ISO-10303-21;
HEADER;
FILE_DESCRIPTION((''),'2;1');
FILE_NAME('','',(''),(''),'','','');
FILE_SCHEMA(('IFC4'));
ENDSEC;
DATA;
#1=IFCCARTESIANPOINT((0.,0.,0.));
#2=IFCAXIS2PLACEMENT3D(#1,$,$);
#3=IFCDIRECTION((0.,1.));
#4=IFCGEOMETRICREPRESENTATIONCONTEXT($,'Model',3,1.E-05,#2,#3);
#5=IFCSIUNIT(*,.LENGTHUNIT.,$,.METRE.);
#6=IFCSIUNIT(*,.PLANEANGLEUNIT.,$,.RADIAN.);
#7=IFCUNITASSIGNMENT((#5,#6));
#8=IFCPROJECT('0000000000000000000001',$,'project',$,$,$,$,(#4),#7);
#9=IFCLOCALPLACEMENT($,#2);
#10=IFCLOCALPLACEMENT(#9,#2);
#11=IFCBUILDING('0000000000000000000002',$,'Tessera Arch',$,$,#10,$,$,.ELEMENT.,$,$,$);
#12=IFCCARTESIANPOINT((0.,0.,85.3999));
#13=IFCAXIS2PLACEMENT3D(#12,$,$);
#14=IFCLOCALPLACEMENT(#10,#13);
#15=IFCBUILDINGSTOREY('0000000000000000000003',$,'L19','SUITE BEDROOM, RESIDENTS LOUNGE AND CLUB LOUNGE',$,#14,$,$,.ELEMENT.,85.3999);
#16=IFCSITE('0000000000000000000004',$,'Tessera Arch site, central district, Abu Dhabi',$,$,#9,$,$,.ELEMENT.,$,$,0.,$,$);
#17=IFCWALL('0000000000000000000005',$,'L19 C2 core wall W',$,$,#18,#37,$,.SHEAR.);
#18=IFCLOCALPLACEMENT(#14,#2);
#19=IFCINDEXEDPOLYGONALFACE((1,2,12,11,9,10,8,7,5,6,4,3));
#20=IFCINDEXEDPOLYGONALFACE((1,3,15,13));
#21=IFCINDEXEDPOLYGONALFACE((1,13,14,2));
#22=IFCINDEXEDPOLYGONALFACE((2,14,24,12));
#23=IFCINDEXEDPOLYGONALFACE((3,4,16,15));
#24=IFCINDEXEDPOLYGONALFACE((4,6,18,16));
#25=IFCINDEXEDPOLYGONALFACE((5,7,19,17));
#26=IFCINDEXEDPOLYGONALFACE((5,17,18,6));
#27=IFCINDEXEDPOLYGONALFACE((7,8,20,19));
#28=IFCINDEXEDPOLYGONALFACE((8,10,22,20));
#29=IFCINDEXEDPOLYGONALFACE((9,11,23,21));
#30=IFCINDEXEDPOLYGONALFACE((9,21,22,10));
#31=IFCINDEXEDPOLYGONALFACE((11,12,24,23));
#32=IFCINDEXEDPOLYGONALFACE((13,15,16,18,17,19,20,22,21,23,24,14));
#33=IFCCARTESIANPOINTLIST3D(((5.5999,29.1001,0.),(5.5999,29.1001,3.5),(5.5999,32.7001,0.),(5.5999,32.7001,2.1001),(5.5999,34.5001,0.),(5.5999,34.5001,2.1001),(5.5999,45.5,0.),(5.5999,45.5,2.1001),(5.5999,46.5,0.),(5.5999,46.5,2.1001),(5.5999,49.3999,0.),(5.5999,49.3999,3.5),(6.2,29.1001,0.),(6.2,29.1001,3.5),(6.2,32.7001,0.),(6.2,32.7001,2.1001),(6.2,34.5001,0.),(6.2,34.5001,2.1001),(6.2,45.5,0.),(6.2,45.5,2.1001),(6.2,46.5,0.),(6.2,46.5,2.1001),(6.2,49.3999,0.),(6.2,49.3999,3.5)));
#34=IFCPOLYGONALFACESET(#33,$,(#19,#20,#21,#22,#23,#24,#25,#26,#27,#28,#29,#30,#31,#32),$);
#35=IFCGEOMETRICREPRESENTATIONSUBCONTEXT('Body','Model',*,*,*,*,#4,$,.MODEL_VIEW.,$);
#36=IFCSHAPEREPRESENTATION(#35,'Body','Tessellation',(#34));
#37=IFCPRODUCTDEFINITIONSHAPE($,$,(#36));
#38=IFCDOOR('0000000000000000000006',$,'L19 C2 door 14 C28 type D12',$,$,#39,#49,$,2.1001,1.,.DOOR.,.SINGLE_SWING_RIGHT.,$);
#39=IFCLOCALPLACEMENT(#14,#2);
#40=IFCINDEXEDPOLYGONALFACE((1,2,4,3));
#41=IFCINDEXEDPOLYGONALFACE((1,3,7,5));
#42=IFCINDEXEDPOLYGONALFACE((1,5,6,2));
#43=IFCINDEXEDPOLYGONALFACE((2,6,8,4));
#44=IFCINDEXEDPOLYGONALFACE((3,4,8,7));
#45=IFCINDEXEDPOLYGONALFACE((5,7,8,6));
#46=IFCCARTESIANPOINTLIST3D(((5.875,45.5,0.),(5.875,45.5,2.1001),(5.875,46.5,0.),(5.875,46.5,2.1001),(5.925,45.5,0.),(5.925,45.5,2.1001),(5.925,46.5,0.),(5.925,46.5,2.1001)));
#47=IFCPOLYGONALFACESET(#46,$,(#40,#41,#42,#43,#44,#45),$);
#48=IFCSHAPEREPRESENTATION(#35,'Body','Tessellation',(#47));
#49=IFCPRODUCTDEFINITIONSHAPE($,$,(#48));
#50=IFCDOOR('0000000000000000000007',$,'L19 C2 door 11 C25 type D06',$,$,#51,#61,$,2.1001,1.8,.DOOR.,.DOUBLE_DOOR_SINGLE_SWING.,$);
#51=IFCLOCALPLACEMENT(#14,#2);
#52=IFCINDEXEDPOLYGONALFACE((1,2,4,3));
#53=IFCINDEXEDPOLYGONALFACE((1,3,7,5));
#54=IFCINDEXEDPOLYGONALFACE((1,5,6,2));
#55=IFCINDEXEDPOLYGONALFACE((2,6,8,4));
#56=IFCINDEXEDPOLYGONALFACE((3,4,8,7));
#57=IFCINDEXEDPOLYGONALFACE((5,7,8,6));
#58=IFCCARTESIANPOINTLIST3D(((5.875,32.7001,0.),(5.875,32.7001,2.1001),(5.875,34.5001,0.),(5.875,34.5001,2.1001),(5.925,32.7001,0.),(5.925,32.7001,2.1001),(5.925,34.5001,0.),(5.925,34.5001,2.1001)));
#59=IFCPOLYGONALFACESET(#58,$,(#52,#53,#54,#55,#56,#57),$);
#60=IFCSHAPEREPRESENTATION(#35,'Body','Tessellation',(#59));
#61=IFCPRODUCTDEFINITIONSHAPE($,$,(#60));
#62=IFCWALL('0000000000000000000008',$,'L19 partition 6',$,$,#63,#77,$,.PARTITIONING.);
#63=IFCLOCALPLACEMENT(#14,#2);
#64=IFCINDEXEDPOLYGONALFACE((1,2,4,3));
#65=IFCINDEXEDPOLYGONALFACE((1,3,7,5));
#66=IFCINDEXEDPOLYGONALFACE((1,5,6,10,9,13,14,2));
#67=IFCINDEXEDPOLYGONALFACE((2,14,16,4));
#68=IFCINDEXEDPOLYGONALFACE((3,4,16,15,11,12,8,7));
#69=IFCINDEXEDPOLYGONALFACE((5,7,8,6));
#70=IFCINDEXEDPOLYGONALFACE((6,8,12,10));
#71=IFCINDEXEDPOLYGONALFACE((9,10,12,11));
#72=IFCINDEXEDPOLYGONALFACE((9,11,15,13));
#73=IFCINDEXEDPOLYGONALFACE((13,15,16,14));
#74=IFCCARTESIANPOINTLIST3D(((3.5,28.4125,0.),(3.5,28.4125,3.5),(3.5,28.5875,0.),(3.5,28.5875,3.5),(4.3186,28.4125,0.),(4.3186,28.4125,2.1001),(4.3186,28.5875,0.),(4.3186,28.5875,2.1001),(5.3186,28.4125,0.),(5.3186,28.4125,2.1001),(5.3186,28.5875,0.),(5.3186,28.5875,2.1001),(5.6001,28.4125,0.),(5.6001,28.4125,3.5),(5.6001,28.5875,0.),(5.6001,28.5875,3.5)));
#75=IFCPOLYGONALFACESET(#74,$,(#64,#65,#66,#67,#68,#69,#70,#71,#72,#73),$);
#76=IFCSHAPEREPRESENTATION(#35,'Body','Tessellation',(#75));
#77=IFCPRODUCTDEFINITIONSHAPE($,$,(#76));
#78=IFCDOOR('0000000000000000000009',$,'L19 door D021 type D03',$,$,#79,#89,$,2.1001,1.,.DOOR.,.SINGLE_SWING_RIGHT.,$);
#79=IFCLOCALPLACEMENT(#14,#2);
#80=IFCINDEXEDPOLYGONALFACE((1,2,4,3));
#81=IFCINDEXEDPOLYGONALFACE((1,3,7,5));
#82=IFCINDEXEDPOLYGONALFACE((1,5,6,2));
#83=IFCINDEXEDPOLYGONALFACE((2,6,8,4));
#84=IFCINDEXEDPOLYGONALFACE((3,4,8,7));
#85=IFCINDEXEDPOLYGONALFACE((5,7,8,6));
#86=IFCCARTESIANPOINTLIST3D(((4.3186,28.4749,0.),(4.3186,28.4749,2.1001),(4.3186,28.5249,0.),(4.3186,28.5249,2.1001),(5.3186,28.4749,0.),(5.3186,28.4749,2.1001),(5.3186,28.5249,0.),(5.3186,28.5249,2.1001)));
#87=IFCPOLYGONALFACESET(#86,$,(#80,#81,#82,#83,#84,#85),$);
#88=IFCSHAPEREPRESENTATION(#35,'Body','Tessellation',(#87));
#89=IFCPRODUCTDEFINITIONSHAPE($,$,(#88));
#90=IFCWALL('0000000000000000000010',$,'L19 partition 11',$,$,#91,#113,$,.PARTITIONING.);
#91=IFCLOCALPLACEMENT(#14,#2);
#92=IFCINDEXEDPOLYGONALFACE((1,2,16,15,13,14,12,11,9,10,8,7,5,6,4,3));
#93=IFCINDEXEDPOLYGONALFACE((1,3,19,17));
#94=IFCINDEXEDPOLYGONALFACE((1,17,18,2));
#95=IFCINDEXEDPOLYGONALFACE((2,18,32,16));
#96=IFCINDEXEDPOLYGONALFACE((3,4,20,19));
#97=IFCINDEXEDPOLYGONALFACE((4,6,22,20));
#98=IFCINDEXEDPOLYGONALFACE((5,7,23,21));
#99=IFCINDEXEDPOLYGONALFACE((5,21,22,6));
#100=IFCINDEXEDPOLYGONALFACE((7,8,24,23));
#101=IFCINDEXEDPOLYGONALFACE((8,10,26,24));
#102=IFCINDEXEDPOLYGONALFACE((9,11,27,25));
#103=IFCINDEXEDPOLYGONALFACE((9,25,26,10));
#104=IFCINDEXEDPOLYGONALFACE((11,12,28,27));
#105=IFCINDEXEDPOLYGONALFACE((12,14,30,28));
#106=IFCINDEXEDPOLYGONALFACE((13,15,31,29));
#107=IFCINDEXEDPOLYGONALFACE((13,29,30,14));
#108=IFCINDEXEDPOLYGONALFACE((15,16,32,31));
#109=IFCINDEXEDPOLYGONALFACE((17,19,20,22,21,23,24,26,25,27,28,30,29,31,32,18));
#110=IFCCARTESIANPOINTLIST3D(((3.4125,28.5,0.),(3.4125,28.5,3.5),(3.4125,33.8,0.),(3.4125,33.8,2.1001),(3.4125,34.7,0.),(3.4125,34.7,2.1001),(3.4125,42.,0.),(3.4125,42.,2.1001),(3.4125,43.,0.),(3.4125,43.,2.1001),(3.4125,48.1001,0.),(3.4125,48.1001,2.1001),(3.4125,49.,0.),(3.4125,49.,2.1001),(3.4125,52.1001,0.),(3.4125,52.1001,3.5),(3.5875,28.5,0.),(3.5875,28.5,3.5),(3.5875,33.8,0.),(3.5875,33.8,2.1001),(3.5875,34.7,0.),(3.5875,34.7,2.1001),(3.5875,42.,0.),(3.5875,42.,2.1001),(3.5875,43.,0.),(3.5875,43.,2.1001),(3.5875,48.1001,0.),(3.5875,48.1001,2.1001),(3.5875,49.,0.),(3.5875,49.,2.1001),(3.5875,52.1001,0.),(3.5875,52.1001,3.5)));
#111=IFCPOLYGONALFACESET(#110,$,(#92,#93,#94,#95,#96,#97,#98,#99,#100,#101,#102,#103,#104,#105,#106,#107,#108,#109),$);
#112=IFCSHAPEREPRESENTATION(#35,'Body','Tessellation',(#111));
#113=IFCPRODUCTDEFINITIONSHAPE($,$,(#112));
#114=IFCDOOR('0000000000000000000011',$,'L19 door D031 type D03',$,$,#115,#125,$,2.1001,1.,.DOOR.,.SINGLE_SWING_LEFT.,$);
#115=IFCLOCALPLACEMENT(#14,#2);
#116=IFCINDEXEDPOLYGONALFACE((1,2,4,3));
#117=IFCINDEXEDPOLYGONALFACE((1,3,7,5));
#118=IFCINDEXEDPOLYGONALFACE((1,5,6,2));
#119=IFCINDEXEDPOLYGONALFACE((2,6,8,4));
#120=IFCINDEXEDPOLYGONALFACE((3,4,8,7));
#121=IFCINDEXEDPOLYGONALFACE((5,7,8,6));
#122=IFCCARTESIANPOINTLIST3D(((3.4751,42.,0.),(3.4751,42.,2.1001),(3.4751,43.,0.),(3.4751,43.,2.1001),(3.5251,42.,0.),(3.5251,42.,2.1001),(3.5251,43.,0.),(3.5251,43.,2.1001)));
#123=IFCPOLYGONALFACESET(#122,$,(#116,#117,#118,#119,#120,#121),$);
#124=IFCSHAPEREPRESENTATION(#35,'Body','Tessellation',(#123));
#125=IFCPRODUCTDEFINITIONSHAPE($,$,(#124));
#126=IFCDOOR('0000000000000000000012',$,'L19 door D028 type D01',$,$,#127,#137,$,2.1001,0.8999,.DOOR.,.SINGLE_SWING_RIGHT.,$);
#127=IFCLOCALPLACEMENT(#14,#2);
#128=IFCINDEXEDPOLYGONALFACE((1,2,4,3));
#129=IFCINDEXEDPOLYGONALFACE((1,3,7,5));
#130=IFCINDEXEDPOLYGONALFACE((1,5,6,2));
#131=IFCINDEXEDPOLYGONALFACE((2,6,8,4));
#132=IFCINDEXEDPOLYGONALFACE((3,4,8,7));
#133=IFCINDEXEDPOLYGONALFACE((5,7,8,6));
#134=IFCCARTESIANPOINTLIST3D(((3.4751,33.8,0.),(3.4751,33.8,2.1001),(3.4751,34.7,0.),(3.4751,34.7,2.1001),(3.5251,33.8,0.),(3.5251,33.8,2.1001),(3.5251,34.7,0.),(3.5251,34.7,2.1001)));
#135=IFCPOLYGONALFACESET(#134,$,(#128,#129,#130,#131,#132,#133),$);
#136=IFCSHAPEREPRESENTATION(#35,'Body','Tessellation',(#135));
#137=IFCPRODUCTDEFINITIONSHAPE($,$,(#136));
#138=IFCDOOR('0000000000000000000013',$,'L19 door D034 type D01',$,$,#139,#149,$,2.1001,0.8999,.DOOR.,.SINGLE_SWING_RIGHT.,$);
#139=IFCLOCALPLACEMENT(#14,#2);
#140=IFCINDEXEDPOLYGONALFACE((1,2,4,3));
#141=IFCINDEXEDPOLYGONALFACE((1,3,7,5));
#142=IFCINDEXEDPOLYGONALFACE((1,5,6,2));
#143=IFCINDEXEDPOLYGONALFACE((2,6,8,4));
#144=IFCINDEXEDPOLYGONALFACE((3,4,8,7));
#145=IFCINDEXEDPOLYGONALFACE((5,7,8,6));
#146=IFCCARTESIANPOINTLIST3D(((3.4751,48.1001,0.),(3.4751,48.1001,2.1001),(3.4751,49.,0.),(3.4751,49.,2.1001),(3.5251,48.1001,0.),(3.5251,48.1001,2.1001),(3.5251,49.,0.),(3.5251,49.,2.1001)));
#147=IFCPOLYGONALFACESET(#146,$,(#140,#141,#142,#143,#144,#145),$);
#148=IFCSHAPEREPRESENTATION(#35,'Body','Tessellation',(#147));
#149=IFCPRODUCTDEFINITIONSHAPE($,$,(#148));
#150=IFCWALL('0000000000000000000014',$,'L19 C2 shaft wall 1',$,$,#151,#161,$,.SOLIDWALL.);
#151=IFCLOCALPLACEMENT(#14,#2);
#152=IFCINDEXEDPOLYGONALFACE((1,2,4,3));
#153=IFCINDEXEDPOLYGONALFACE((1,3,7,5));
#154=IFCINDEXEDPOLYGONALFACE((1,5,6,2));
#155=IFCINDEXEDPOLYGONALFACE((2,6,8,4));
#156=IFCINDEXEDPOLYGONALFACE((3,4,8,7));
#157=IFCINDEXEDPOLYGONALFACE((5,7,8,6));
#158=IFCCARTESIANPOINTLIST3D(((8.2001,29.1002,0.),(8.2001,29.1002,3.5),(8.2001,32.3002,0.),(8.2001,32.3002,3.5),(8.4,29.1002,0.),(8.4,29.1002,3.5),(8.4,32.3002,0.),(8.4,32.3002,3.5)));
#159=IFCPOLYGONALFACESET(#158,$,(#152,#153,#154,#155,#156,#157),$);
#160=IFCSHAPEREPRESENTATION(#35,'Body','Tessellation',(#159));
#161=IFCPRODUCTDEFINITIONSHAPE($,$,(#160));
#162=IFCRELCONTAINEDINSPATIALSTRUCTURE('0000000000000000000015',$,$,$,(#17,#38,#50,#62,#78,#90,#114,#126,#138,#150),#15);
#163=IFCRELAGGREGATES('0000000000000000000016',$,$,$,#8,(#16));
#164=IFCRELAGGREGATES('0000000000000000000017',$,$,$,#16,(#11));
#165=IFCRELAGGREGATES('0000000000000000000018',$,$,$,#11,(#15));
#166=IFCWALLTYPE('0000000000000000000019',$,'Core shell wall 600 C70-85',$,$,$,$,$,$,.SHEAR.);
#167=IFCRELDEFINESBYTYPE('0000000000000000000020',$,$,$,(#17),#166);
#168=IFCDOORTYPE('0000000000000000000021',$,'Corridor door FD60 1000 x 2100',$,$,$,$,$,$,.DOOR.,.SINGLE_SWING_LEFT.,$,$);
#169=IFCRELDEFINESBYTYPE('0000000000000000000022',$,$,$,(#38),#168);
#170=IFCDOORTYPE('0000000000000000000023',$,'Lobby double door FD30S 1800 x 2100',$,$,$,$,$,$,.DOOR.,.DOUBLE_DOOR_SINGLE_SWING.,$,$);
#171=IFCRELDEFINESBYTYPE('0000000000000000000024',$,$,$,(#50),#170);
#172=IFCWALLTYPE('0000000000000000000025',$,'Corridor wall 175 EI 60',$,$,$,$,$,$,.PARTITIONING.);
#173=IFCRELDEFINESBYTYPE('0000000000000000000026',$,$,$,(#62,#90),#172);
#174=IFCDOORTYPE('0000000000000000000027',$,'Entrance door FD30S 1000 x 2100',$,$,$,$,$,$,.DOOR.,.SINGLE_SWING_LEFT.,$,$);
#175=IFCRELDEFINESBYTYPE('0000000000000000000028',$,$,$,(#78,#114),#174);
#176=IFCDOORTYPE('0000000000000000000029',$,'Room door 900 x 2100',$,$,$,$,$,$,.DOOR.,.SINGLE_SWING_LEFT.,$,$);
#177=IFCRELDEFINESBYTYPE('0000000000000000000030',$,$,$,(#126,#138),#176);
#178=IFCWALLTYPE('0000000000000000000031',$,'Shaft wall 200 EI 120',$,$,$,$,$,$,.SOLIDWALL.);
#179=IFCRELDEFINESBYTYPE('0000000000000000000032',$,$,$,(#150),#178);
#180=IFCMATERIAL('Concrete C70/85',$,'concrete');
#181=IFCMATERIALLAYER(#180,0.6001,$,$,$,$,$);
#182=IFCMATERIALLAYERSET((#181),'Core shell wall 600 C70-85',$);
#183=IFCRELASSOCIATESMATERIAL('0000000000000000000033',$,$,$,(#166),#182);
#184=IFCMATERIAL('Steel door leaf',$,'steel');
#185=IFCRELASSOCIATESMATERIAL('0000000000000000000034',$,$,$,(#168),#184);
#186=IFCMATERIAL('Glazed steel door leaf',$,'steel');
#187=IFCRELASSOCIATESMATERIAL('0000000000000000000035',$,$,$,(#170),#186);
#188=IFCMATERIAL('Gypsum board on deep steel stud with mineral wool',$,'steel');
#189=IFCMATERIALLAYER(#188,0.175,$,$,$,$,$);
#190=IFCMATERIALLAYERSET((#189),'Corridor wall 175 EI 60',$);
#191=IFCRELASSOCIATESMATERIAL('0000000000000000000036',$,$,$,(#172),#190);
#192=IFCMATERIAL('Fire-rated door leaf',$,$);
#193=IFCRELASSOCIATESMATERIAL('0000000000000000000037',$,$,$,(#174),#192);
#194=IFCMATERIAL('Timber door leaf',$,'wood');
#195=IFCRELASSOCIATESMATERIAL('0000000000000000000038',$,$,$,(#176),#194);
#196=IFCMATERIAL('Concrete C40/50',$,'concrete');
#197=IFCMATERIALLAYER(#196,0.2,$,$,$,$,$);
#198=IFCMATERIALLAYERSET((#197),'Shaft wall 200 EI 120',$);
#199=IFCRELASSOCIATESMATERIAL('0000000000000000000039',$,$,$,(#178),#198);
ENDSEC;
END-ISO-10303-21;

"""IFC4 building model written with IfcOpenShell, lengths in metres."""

from ifc_helpers import new_model, si_unit, direction, frame, frame_2d, origin, place, context, subcontext, project, spatial, rectangle, extrude, material, layer, layer_set, type_object, element, fill, save


model = new_model("IFC4")

# Units and contexts
model_context = context("Model", 3, precision=1e-05, world=origin(), true_north=direction((0.0, 1.0)))
body_context = subcontext(model_context, "Body", "Model", "MODEL_VIEW")
ifc_project = project(units=[si_unit("LENGTHUNIT", "METRE"), si_unit("PLANEANGLEUNIT", "RADIAN")], contexts=[model_context])

# Site, building, storey
site_placement = place(None, origin())
site = spatial("IfcSite", under=ifc_project, at=site_placement, Name="Tessera Arch site, central district, Abu Dhabi", CompositionType="ELEMENT", RefElevation=0.0)
building_placement = place(site_placement, origin())
building = spatial("IfcBuilding", under=site, at=building_placement, Name="Tessera Arch", CompositionType="ELEMENT")
storey_placement = place(building_placement, frame((0.0, 0.0, 85.3999)))
storey = spatial("IfcBuildingStorey", under=building, at=storey_placement, Name="L19", Description="SUITE BEDROOM, RESIDENTS LOUNGE AND CLUB LOUNGE", CompositionType="ELEMENT", Elevation=85.3999)

# Wall, openings, doors
ifc_material_1 = material(Name="Concrete C70/85", Category="concrete")
ifc_layer_1 = layer(ifc_material_1, 0.6001)
ifc_layer_set_1 = layer_set([ifc_layer_1], Name="Core shell wall 600 C70-85")
wall_type_1 = type_object("IfcWallType", Name="Core shell wall 600 C70-85", PredefinedType="SHEAR", material=ifc_layer_set_1)
wall_1_placement = place(storey_placement, frame((5.8999, 29.1001, 0.0), z_axis=(0.0, 0.0, 1.0), x_axis=(0.0, 1.0, 0.0)))
wall_1 = element("IfcWall", 1, at=wall_1_placement, inside=storey, type_object=wall_type_1, Name="L19 C2 core wall W", PredefinedType="SHEAR", context=body_context, shape_type="SweptSolid", body=[
    extrude(rectangle(XDim=20.2998, YDim=0.6001, at=frame_2d((10.1499, 0.0))), origin(), (0.0, 0.0, 1.0), 3.5),
])
opening_1_placement = place(wall_1_placement, frame((3.6001, 0.0, 0.0)))
opening_1 = element("IfcOpeningElement", 2, at=opening_1_placement, cuts=wall_1, PredefinedType="OPENING", context=body_context, shape_type="SweptSolid", body=[
    extrude(rectangle(XDim=1.8, YDim=2.1001, at=frame_2d((0.8999, 1.05))), frame((0.0, 0.3101, 0.0), z_axis=(0.0, -1.0, 0.0), x_axis=(1.0, 0.0, 0.0)), (0.0, 0.0, 1.0), 0.6201),
])
opening_2_placement = place(wall_1_placement, frame((16.3999, 0.0, 0.0)))
opening_2 = element("IfcOpeningElement", 3, at=opening_2_placement, cuts=wall_1, PredefinedType="OPENING", context=body_context, shape_type="SweptSolid", body=[
    extrude(rectangle(XDim=1.0, YDim=2.1001, at=frame_2d((0.5, 1.05))), frame((0.0, 0.3101, 0.0), z_axis=(0.0, -1.0, 0.0), x_axis=(1.0, 0.0, 0.0)), (0.0, 0.0, 1.0), 0.6201),
])
ifc_material_2 = material(Name="Steel door leaf", Category="steel")
door_type_1 = type_object("IfcDoorType", Name="Corridor door FD60 1000 x 2100", OperationType="SINGLE_SWING_LEFT", PredefinedType="DOOR", material=ifc_material_2)
door_1_placement = place(opening_2_placement, origin())
door_1 = element("IfcDoor", 4, at=door_1_placement, inside=storey, type_object=door_type_1, Name="L19 C2 door 14 C28 type D12", OperationType="SINGLE_SWING_RIGHT", OverallHeight=2.1001, OverallWidth=1.0, PredefinedType="DOOR", context=body_context, shape_type="SweptSolid", body=[
    extrude(rectangle(XDim=1.0, YDim=2.1001, at=frame_2d((0.5, 1.05))), frame((0.0, 0.0249, 0.0), z_axis=(0.0, -1.0, 0.0), x_axis=(1.0, 0.0, 0.0)), (0.0, 0.0, 1.0), 0.05),
])
fill(opening_2, door_1)
ifc_material_3 = material(Name="Glazed steel door leaf", Category="steel")
door_type_2 = type_object("IfcDoorType", Name="Lobby double door FD30S 1800 x 2100", OperationType="DOUBLE_DOOR_SINGLE_SWING", PredefinedType="DOOR", material=ifc_material_3)
door_2_placement = place(opening_1_placement, origin())
door_2 = element("IfcDoor", 5, at=door_2_placement, inside=storey, type_object=door_type_2, Name="L19 C2 door 11 C25 type D06", OperationType="DOUBLE_DOOR_SINGLE_SWING", OverallHeight=2.1001, OverallWidth=1.8, PredefinedType="DOOR", context=body_context, shape_type="SweptSolid", body=[
    extrude(rectangle(XDim=1.8, YDim=2.1001, at=frame_2d((0.8999, 1.05))), frame((0.0, 0.0249, 0.0), z_axis=(0.0, -1.0, 0.0), x_axis=(1.0, 0.0, 0.0)), (0.0, 0.0, 1.0), 0.05),
])
fill(opening_1, door_2)

# Wall, opening, door
ifc_material_4 = material(Name="Gypsum board on deep steel stud with mineral wool", Category="steel")
ifc_layer_2 = layer(ifc_material_4, 0.175)
ifc_layer_set_2 = layer_set([ifc_layer_2], Name="Corridor wall 175 EI 60")
wall_type_2 = type_object("IfcWallType", Name="Corridor wall 175 EI 60", PredefinedType="PARTITIONING", material=ifc_layer_set_2)
wall_2_placement = place(storey_placement, frame((3.5, 28.5, 0.0), z_axis=(0.0, 0.0, 1.0), x_axis=(1.0, 0.0, 0.0)))
wall_2 = element("IfcWall", 6, at=wall_2_placement, inside=storey, type_object=wall_type_2, Name="L19 partition 6", PredefinedType="PARTITIONING", context=body_context, shape_type="SweptSolid", body=[
    extrude(rectangle(XDim=2.1001, YDim=0.175, at=frame_2d((1.05, 0.0))), origin(), (0.0, 0.0, 1.0), 3.5),
])
opening_3_placement = place(wall_2_placement, frame((0.8186, 0.0, 0.0)))
opening_3 = element("IfcOpeningElement", 7, at=opening_3_placement, cuts=wall_2, PredefinedType="OPENING", context=body_context, shape_type="SweptSolid", body=[
    extrude(rectangle(XDim=1.0, YDim=2.1001, at=frame_2d((0.5, 1.05))), frame((0.0, 0.0974, 0.0), z_axis=(0.0, -1.0, 0.0), x_axis=(1.0, 0.0, 0.0)), (0.0, 0.0, 1.0), 0.1951),
])
ifc_material_5 = material(Name="Fire-rated door leaf")
door_type_3 = type_object("IfcDoorType", Name="Entrance door FD30S 1000 x 2100", OperationType="SINGLE_SWING_LEFT", PredefinedType="DOOR", material=ifc_material_5)
door_3_placement = place(opening_3_placement, origin())
door_3 = element("IfcDoor", 8, at=door_3_placement, inside=storey, type_object=door_type_3, Name="L19 door D021 type D03", OperationType="SINGLE_SWING_RIGHT", OverallHeight=2.1001, OverallWidth=1.0, PredefinedType="DOOR", context=body_context, shape_type="SweptSolid", body=[
    extrude(rectangle(XDim=1.0, YDim=2.1001, at=frame_2d((0.5, 1.05))), frame((0.0, 0.0249, 0.0), z_axis=(0.0, -1.0, 0.0), x_axis=(1.0, 0.0, 0.0)), (0.0, 0.0, 1.0), 0.05),
])
fill(opening_3, door_3)

# Wall, openings, doors
wall_3_placement = place(storey_placement, frame((3.5, 28.5, 0.0), z_axis=(0.0, 0.0, 1.0), x_axis=(0.0, 1.0, 0.0)))
wall_3 = element("IfcWall", 9, at=wall_3_placement, inside=storey, type_object=wall_type_2, Name="L19 partition 11", PredefinedType="PARTITIONING", context=body_context, shape_type="SweptSolid", body=[
    extrude(rectangle(XDim=23.6001, YDim=0.175, at=frame_2d((11.8, 0.0))), origin(), (0.0, 0.0, 1.0), 3.5),
])
opening_4_placement = place(wall_3_placement, frame((5.3, 0.0, 0.0)))
opening_4 = element("IfcOpeningElement", 10, at=opening_4_placement, cuts=wall_3, PredefinedType="OPENING", context=body_context, shape_type="SweptSolid", body=[
    extrude(rectangle(XDim=0.8999, YDim=2.1001, at=frame_2d((0.45, 1.05))), frame((0.0, 0.0974, 0.0), z_axis=(0.0, -1.0, 0.0), x_axis=(1.0, 0.0, 0.0)), (0.0, 0.0, 1.0), 0.1951),
])
opening_5_placement = place(wall_3_placement, frame((13.5, 0.0, 0.0)))
opening_5 = element("IfcOpeningElement", 11, at=opening_5_placement, cuts=wall_3, PredefinedType="OPENING", context=body_context, shape_type="SweptSolid", body=[
    extrude(rectangle(XDim=1.0, YDim=2.1001, at=frame_2d((0.5, 1.05))), frame((0.0, 0.0974, 0.0), z_axis=(0.0, -1.0, 0.0), x_axis=(1.0, 0.0, 0.0)), (0.0, 0.0, 1.0), 0.1951),
])
opening_6_placement = place(wall_3_placement, frame((19.6001, 0.0, 0.0)))
opening_6 = element("IfcOpeningElement", 12, at=opening_6_placement, cuts=wall_3, PredefinedType="OPENING", context=body_context, shape_type="SweptSolid", body=[
    extrude(rectangle(XDim=0.8999, YDim=2.1001, at=frame_2d((0.45, 1.05))), frame((0.0, 0.0974, 0.0), z_axis=(0.0, -1.0, 0.0), x_axis=(1.0, 0.0, 0.0)), (0.0, 0.0, 1.0), 0.1951),
])
door_4_placement = place(opening_5_placement, origin())
door_4 = element("IfcDoor", 13, at=door_4_placement, inside=storey, type_object=door_type_3, Name="L19 door D031 type D03", OperationType="SINGLE_SWING_LEFT", OverallHeight=2.1001, OverallWidth=1.0, PredefinedType="DOOR", context=body_context, shape_type="SweptSolid", body=[
    extrude(rectangle(XDim=1.0, YDim=2.1001, at=frame_2d((0.5, 1.05))), frame((0.0, 0.0249, 0.0), z_axis=(0.0, -1.0, 0.0), x_axis=(1.0, 0.0, 0.0)), (0.0, 0.0, 1.0), 0.05),
])
fill(opening_5, door_4)
ifc_material_6 = material(Name="Timber door leaf", Category="wood")
door_type_4 = type_object("IfcDoorType", Name="Room door 900 x 2100", OperationType="SINGLE_SWING_LEFT", PredefinedType="DOOR", material=ifc_material_6)
door_5_placement = place(opening_4_placement, origin())
door_5 = element("IfcDoor", 14, at=door_5_placement, inside=storey, type_object=door_type_4, Name="L19 door D028 type D01", OperationType="SINGLE_SWING_RIGHT", OverallHeight=2.1001, OverallWidth=0.8999, PredefinedType="DOOR", context=body_context, shape_type="SweptSolid", body=[
    extrude(rectangle(XDim=0.8999, YDim=2.1001, at=frame_2d((0.45, 1.05))), frame((0.0, 0.0249, 0.0), z_axis=(0.0, -1.0, 0.0), x_axis=(1.0, 0.0, 0.0)), (0.0, 0.0, 1.0), 0.05),
])
fill(opening_4, door_5)
door_6_placement = place(opening_6_placement, origin())
door_6 = element("IfcDoor", 15, at=door_6_placement, inside=storey, type_object=door_type_4, Name="L19 door D034 type D01", OperationType="SINGLE_SWING_RIGHT", OverallHeight=2.1001, OverallWidth=0.8999, PredefinedType="DOOR", context=body_context, shape_type="SweptSolid", body=[
    extrude(rectangle(XDim=0.8999, YDim=2.1001, at=frame_2d((0.45, 1.05))), frame((0.0, 0.0249, 0.0), z_axis=(0.0, -1.0, 0.0), x_axis=(1.0, 0.0, 0.0)), (0.0, 0.0, 1.0), 0.05),
])
fill(opening_6, door_6)

# Wall
ifc_material_7 = material(Name="Concrete C40/50", Category="concrete")
ifc_layer_3 = layer(ifc_material_7, 0.2)
ifc_layer_set_3 = layer_set([ifc_layer_3], Name="Shaft wall 200 EI 120")
wall_type_3 = type_object("IfcWallType", Name="Shaft wall 200 EI 120", PredefinedType="SOLIDWALL", material=ifc_layer_set_3)
wall_4_placement = place(storey_placement, frame((8.3, 29.1001, 0.0), z_axis=(0.0, 0.0, 1.0), x_axis=(0.0, 1.0, 0.0)))
element("IfcWall", 16, at=wall_4_placement, inside=storey, type_object=wall_type_3, Name="L19 C2 shaft wall 1", PredefinedType="SOLIDWALL", context=body_context, shape_type="SweptSolid", body=[
    extrude(rectangle(XDim=3.2, YDim=0.2, at=frame_2d((1.6001, 0.0))), origin(), (0.0, 0.0, 1.0), 3.5),
])

save(model, "model.ifc")
